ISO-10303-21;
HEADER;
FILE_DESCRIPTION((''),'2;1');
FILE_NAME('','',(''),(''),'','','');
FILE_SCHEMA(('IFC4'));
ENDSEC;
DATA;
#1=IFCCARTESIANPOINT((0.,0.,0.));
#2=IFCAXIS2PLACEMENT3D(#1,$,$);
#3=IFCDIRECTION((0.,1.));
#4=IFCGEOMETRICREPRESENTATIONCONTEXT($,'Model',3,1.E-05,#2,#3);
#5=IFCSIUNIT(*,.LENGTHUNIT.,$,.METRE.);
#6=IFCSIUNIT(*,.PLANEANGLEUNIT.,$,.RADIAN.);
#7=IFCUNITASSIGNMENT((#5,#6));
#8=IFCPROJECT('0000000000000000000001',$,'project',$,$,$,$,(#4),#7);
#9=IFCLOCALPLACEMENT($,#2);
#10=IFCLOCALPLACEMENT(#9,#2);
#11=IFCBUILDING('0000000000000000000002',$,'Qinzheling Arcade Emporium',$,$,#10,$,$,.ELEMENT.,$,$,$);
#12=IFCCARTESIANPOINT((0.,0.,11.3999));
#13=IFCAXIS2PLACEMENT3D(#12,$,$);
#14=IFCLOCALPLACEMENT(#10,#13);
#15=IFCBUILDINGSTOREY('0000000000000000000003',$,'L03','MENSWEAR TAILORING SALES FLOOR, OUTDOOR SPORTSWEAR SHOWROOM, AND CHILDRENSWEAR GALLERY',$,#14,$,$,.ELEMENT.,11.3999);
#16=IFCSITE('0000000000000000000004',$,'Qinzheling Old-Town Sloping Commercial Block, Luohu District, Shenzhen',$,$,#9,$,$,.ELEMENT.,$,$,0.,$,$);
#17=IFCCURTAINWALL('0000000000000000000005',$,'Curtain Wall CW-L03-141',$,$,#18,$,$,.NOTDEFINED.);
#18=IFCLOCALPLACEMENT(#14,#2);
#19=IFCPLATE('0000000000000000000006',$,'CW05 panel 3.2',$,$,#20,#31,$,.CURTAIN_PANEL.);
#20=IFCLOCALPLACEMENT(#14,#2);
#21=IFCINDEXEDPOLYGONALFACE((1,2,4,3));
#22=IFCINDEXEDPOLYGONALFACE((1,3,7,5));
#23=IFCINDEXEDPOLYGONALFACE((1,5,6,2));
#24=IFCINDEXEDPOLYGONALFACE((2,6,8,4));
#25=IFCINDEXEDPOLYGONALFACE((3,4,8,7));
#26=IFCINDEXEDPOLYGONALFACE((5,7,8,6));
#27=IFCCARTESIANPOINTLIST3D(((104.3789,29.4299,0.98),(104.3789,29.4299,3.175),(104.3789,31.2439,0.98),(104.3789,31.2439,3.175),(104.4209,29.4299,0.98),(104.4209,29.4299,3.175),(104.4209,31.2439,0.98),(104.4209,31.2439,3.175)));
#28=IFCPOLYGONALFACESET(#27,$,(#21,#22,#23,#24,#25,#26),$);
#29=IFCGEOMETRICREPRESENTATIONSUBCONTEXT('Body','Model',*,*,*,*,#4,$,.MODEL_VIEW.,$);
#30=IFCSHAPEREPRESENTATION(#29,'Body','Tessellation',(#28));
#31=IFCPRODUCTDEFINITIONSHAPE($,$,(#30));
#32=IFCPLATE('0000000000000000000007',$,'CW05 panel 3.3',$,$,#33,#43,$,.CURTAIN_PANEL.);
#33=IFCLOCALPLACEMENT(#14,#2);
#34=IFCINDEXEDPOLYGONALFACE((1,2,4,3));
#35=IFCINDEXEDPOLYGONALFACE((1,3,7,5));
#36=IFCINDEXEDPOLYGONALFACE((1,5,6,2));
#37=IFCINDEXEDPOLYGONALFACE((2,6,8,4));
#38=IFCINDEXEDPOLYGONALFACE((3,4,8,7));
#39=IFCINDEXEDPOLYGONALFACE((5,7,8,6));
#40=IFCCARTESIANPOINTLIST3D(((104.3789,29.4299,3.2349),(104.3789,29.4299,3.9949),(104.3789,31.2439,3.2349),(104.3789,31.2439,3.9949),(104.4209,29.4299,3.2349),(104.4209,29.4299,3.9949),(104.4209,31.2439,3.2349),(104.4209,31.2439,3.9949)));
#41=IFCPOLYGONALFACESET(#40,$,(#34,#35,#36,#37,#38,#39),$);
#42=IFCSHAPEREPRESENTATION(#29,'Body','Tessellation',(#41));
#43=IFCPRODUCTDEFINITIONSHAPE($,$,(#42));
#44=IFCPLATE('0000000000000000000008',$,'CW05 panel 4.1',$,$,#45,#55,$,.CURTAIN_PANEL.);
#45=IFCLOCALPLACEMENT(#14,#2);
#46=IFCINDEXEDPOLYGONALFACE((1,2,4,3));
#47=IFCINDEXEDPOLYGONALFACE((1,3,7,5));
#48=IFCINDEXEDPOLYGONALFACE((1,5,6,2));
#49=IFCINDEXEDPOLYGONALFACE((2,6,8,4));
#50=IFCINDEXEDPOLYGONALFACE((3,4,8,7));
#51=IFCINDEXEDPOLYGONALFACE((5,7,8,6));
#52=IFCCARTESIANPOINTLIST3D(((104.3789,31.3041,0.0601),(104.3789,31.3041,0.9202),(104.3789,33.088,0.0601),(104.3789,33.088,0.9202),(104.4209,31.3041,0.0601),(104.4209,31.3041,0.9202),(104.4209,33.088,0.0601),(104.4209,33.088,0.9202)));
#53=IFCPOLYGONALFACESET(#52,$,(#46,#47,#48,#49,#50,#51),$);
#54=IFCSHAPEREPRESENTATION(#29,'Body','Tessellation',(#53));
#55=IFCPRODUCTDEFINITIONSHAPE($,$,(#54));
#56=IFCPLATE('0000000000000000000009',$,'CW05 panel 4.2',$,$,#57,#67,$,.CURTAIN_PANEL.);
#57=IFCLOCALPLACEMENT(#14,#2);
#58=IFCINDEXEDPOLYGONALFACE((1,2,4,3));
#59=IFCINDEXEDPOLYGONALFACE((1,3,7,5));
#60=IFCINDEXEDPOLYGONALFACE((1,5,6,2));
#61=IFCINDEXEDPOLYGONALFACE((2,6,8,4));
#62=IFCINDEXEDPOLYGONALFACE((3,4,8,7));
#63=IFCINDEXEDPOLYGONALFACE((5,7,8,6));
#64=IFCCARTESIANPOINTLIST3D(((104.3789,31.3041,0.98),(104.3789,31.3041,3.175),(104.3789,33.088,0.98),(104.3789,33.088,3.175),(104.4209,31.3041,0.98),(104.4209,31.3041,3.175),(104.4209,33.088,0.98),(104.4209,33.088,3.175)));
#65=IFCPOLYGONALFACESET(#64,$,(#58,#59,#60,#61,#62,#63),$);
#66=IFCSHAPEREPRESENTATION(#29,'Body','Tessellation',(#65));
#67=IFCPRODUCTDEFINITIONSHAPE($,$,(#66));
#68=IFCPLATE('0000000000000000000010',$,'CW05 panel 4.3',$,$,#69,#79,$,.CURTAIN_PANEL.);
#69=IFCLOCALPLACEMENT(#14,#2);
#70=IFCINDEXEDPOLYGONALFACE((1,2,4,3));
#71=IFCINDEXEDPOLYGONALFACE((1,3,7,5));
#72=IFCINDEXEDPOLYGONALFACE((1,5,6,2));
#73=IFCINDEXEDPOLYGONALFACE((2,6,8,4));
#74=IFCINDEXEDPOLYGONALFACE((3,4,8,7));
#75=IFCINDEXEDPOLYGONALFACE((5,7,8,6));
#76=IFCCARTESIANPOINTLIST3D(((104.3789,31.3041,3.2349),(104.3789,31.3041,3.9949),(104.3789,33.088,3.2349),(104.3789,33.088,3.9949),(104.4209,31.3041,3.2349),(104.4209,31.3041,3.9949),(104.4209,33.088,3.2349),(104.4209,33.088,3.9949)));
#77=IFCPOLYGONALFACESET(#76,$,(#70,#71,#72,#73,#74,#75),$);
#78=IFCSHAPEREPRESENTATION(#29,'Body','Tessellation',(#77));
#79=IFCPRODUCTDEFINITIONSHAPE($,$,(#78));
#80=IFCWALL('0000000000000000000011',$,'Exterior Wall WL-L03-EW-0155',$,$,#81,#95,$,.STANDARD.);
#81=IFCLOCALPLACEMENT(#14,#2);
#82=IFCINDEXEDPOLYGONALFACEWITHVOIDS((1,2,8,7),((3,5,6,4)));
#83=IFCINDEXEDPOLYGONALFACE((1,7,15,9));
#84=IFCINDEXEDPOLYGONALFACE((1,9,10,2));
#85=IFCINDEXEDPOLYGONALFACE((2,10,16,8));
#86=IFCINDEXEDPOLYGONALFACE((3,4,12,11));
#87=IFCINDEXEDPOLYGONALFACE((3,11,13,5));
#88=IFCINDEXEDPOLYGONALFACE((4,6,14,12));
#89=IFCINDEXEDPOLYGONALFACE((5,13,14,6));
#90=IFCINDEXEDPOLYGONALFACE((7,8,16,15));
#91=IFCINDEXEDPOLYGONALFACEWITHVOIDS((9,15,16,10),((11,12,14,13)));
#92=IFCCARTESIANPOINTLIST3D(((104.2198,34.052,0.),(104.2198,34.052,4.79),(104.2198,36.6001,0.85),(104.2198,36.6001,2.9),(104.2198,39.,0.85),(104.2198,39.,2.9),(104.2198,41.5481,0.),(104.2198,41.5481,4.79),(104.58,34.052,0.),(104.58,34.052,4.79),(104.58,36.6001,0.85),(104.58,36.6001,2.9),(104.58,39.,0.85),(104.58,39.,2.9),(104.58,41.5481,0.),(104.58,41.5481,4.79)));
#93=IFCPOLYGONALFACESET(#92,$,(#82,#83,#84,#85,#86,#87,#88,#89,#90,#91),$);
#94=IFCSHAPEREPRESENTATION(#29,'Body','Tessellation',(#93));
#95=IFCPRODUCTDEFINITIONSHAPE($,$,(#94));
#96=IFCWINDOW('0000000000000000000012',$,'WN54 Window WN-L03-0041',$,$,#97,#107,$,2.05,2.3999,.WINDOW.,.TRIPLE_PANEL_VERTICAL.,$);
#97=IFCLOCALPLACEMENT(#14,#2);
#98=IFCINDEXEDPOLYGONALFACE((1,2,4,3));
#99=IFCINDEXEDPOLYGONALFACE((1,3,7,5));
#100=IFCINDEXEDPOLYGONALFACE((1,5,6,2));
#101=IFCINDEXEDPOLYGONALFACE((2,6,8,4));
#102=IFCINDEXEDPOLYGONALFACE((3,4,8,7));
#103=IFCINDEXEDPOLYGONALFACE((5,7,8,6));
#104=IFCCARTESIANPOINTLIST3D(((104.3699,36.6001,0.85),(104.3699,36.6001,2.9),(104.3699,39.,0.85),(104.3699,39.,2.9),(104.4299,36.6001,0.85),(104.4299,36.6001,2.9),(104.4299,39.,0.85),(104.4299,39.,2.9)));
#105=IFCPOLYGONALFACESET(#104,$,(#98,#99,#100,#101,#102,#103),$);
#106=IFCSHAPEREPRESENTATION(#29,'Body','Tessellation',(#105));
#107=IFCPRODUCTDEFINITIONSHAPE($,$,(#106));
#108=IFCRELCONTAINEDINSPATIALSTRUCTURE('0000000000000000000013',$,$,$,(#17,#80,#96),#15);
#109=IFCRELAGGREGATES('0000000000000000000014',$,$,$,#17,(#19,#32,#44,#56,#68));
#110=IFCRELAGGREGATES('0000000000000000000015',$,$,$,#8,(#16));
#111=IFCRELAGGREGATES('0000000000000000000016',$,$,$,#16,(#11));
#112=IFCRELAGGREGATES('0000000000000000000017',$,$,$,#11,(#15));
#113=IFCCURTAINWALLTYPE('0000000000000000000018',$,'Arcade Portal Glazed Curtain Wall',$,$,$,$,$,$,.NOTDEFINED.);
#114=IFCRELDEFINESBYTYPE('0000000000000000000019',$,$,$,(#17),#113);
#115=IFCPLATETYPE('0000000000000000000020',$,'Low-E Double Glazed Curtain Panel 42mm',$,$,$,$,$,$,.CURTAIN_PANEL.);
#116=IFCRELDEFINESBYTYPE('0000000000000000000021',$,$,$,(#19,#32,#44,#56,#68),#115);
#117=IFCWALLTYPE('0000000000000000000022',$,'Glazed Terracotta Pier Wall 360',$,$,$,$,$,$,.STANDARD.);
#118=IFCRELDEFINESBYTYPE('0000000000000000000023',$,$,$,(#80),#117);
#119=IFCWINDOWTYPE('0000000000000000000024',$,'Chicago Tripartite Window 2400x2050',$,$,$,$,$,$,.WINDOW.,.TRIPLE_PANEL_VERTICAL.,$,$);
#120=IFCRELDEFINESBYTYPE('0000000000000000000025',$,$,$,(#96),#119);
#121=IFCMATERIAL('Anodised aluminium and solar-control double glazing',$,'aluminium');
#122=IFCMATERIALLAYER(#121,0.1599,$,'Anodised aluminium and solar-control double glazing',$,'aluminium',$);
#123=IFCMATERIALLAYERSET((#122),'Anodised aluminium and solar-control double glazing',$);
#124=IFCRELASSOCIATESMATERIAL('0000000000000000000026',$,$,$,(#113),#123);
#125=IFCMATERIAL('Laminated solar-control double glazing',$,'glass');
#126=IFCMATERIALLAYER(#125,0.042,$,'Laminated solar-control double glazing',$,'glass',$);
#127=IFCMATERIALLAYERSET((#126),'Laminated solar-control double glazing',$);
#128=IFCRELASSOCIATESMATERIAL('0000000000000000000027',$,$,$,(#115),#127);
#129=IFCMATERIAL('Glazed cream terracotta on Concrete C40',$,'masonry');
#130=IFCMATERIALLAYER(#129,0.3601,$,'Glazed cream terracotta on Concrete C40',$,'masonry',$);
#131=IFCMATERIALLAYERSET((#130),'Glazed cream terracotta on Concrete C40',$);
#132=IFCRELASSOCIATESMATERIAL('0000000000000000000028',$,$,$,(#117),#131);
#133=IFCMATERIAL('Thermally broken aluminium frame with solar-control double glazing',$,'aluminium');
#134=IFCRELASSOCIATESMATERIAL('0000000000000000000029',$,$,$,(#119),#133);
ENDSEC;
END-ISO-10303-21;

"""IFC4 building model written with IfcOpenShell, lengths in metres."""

from ifc_helpers import new_model, si_unit, direction, frame, frame_2d, origin, origin_2d, place, context, subcontext, project, spatial, rectangle, extrude, material, layer, layer_set, type_object, element, fill, aggregate, save


model = new_model("IFC4")

# Units and contexts
model_context = context("Model", 3, precision=1e-05, world=origin(), true_north=direction((0.0, 1.0)))
body_context = subcontext(model_context, "Body", "Model", "MODEL_VIEW")
ifc_project = project(units=[si_unit("LENGTHUNIT", "METRE"), si_unit("PLANEANGLEUNIT", "RADIAN")], contexts=[model_context])

# Site, building, storey
site_placement = place(None, origin())
site = spatial("IfcSite", under=ifc_project, at=site_placement, Name="Qinzheling Old-Town Sloping Commercial Block, Luohu District, Shenzhen", CompositionType="ELEMENT", RefElevation=0.0)
building_placement = place(site_placement, origin())
building = spatial("IfcBuilding", under=site, at=building_placement, Name="Qinzheling Arcade Emporium", CompositionType="ELEMENT")
storey_placement = place(building_placement, frame((0.0, 0.0, 11.3999)))
storey = spatial("IfcBuildingStorey", under=building, at=storey_placement, Name="L03", Description="MENSWEAR TAILORING SALES FLOOR, OUTDOOR SPORTSWEAR SHOWROOM, AND CHILDRENSWEAR GALLERY", CompositionType="ELEMENT", Elevation=11.3999)

# Curtain wall
ifc_material_1 = material(Name="Anodised aluminium and solar-control double glazing", Category="aluminium")
ifc_layer_1 = layer(ifc_material_1, 0.1599, Name="Anodised aluminium and solar-control double glazing", Category="aluminium")
ifc_layer_set_1 = layer_set([ifc_layer_1], Name="Anodised aluminium and solar-control double glazing")
curtain_wall_type_1 = type_object("IfcCurtainWallType", Name="Arcade Portal Glazed Curtain Wall", PredefinedType="NOTDEFINED", material=ifc_layer_set_1)
curtain_wall_1_placement = place(storey_placement, origin())
curtain_wall_1 = element("IfcCurtainWall", 1, at=curtain_wall_1_placement, inside=storey, type_object=curtain_wall_type_1, Name="Curtain Wall CW-L03-141", PredefinedType="NOTDEFINED")

# Plates
ifc_material_2 = material(Name="Laminated solar-control double glazing", Category="glass")
ifc_layer_2 = layer(ifc_material_2, 0.042, Name="Laminated solar-control double glazing", Category="glass")
ifc_layer_set_2 = layer_set([ifc_layer_2], Name="Laminated solar-control double glazing")
plate_type = type_object("IfcPlateType", Name="Low-E Double Glazed Curtain Panel 42mm", PredefinedType="CURTAIN_PANEL", material=ifc_layer_set_2)
plate_1_placement = place(storey_placement, frame((104.3999, 30.3369, 0.98), z_axis=(0.0, 0.0, 1.0), x_axis=(0.0, 1.0, 0.0)))
plate_1 = element("IfcPlate", 2, at=plate_1_placement, type_object=plate_type, Name="CW05 panel 3.2", PredefinedType="CURTAIN_PANEL", context=body_context, shape_type="SweptSolid", body=[
    extrude(rectangle(XDim=1.814, YDim=0.042, at=origin_2d()), origin(), (0.0, 0.0, 1.0), 2.1951),
])
plate_2_placement = place(storey_placement, frame((104.3999, 30.3369, 3.2349), z_axis=(0.0, 0.0, 1.0), x_axis=(0.0, 1.0, 0.0)))
plate_2 = element("IfcPlate", 3, at=plate_2_placement, type_object=plate_type, Name="CW05 panel 3.3", PredefinedType="CURTAIN_PANEL", context=body_context, shape_type="SweptSolid", body=[
    extrude(rectangle(XDim=1.814, YDim=0.042, at=origin_2d()), origin(), (0.0, 0.0, 1.0), 0.76),
])
plate_3_placement = place(storey_placement, frame((104.3999, 32.196, 0.0601), z_axis=(0.0, 0.0, 1.0), x_axis=(0.0, 1.0, 0.0)))
plate_3 = element("IfcPlate", 4, at=plate_3_placement, type_object=plate_type, Name="CW05 panel 4.1", PredefinedType="CURTAIN_PANEL", context=body_context, shape_type="SweptSolid", body=[
    extrude(rectangle(XDim=1.7839, YDim=0.042, at=origin_2d()), origin(), (0.0, 0.0, 1.0), 0.8601),
])
plate_4_placement = place(storey_placement, frame((104.3999, 32.196, 0.98), z_axis=(0.0, 0.0, 1.0), x_axis=(0.0, 1.0, 0.0)))
plate_4 = element("IfcPlate", 5, at=plate_4_placement, type_object=plate_type, Name="CW05 panel 4.2", PredefinedType="CURTAIN_PANEL", context=body_context, shape_type="SweptSolid", body=[
    extrude(rectangle(XDim=1.7839, YDim=0.042, at=origin_2d()), origin(), (0.0, 0.0, 1.0), 2.1951),
])
plate_5_placement = place(storey_placement, frame((104.3999, 32.196, 3.2349), z_axis=(0.0, 0.0, 1.0), x_axis=(0.0, 1.0, 0.0)))
plate_5 = element("IfcPlate", 6, at=plate_5_placement, type_object=plate_type, Name="CW05 panel 4.3", PredefinedType="CURTAIN_PANEL", context=body_context, shape_type="SweptSolid", body=[
    extrude(rectangle(XDim=1.7839, YDim=0.042, at=origin_2d()), origin(), (0.0, 0.0, 1.0), 0.76),
])
aggregate(curtain_wall_1, [plate_1, plate_2, plate_3, plate_4, plate_5])

# Wall, opening, window
ifc_material_3 = material(Name="Glazed cream terracotta on Concrete C40", Category="masonry")
ifc_layer_3 = layer(ifc_material_3, 0.3601, Name="Glazed cream terracotta on Concrete C40", Category="masonry")
ifc_layer_set_3 = layer_set([ifc_layer_3], Name="Glazed cream terracotta on Concrete C40")
wall_type = type_object("IfcWallType", Name="Glazed Terracotta Pier Wall 360", PredefinedType="STANDARD", material=ifc_layer_set_3)
wall_placement = place(storey_placement, frame((104.3999, 34.052, 0.0), z_axis=(0.0, 0.0, 1.0), x_axis=(0.0, 1.0, 0.0)))
wall = element("IfcWall", 7, at=wall_placement, inside=storey, type_object=wall_type, Name="Exterior Wall WL-L03-EW-0155", PredefinedType="STANDARD", context=body_context, shape_type="SweptSolid", body=[
    extrude(rectangle(XDim=7.4961, YDim=0.3601, at=frame_2d((3.748, 0.0))), origin(), (0.0, 0.0, 1.0), 4.79),
])
opening_placement = place(wall_placement, frame((2.5481, 0.0, 0.8501)))
opening = element("IfcOpeningElement", 8, at=opening_placement, cuts=wall, PredefinedType="OPENING", context=body_context, shape_type="SweptSolid", body=[
    extrude(rectangle(XDim=2.3999, YDim=2.05, at=frame_2d((1.2, 1.0249))), frame((0.0, 0.1899, 0.0), z_axis=(0.0, -1.0, 0.0), x_axis=(1.0, 0.0, 0.0)), (0.0, 0.0, 1.0), 0.3801),
])
ifc_material_4 = material(Name="Thermally broken aluminium frame with solar-control double glazing", Category="aluminium")
window_type = type_object("IfcWindowType", Name="Chicago Tripartite Window 2400x2050", PartitioningType="TRIPLE_PANEL_VERTICAL", PredefinedType="WINDOW", material=ifc_material_4)
window_placement = place(opening_placement, origin())
window = element("IfcWindow", 9, at=window_placement, inside=storey, type_object=window_type, Name="WN54 Window WN-L03-0041", OverallHeight=2.05, OverallWidth=2.3999, PartitioningType="TRIPLE_PANEL_VERTICAL", PredefinedType="WINDOW", context=body_context, shape_type="SweptSolid", body=[
    extrude(rectangle(XDim=2.3999, YDim=2.05, at=frame_2d((1.2, 1.0249))), frame((0.0, 0.03, 0.0), z_axis=(0.0, -1.0, 0.0), x_axis=(1.0, 0.0, 0.0)), (0.0, 0.0, 1.0), 0.0601),
])
fill(opening, window)

save(model, "model.ifc")
